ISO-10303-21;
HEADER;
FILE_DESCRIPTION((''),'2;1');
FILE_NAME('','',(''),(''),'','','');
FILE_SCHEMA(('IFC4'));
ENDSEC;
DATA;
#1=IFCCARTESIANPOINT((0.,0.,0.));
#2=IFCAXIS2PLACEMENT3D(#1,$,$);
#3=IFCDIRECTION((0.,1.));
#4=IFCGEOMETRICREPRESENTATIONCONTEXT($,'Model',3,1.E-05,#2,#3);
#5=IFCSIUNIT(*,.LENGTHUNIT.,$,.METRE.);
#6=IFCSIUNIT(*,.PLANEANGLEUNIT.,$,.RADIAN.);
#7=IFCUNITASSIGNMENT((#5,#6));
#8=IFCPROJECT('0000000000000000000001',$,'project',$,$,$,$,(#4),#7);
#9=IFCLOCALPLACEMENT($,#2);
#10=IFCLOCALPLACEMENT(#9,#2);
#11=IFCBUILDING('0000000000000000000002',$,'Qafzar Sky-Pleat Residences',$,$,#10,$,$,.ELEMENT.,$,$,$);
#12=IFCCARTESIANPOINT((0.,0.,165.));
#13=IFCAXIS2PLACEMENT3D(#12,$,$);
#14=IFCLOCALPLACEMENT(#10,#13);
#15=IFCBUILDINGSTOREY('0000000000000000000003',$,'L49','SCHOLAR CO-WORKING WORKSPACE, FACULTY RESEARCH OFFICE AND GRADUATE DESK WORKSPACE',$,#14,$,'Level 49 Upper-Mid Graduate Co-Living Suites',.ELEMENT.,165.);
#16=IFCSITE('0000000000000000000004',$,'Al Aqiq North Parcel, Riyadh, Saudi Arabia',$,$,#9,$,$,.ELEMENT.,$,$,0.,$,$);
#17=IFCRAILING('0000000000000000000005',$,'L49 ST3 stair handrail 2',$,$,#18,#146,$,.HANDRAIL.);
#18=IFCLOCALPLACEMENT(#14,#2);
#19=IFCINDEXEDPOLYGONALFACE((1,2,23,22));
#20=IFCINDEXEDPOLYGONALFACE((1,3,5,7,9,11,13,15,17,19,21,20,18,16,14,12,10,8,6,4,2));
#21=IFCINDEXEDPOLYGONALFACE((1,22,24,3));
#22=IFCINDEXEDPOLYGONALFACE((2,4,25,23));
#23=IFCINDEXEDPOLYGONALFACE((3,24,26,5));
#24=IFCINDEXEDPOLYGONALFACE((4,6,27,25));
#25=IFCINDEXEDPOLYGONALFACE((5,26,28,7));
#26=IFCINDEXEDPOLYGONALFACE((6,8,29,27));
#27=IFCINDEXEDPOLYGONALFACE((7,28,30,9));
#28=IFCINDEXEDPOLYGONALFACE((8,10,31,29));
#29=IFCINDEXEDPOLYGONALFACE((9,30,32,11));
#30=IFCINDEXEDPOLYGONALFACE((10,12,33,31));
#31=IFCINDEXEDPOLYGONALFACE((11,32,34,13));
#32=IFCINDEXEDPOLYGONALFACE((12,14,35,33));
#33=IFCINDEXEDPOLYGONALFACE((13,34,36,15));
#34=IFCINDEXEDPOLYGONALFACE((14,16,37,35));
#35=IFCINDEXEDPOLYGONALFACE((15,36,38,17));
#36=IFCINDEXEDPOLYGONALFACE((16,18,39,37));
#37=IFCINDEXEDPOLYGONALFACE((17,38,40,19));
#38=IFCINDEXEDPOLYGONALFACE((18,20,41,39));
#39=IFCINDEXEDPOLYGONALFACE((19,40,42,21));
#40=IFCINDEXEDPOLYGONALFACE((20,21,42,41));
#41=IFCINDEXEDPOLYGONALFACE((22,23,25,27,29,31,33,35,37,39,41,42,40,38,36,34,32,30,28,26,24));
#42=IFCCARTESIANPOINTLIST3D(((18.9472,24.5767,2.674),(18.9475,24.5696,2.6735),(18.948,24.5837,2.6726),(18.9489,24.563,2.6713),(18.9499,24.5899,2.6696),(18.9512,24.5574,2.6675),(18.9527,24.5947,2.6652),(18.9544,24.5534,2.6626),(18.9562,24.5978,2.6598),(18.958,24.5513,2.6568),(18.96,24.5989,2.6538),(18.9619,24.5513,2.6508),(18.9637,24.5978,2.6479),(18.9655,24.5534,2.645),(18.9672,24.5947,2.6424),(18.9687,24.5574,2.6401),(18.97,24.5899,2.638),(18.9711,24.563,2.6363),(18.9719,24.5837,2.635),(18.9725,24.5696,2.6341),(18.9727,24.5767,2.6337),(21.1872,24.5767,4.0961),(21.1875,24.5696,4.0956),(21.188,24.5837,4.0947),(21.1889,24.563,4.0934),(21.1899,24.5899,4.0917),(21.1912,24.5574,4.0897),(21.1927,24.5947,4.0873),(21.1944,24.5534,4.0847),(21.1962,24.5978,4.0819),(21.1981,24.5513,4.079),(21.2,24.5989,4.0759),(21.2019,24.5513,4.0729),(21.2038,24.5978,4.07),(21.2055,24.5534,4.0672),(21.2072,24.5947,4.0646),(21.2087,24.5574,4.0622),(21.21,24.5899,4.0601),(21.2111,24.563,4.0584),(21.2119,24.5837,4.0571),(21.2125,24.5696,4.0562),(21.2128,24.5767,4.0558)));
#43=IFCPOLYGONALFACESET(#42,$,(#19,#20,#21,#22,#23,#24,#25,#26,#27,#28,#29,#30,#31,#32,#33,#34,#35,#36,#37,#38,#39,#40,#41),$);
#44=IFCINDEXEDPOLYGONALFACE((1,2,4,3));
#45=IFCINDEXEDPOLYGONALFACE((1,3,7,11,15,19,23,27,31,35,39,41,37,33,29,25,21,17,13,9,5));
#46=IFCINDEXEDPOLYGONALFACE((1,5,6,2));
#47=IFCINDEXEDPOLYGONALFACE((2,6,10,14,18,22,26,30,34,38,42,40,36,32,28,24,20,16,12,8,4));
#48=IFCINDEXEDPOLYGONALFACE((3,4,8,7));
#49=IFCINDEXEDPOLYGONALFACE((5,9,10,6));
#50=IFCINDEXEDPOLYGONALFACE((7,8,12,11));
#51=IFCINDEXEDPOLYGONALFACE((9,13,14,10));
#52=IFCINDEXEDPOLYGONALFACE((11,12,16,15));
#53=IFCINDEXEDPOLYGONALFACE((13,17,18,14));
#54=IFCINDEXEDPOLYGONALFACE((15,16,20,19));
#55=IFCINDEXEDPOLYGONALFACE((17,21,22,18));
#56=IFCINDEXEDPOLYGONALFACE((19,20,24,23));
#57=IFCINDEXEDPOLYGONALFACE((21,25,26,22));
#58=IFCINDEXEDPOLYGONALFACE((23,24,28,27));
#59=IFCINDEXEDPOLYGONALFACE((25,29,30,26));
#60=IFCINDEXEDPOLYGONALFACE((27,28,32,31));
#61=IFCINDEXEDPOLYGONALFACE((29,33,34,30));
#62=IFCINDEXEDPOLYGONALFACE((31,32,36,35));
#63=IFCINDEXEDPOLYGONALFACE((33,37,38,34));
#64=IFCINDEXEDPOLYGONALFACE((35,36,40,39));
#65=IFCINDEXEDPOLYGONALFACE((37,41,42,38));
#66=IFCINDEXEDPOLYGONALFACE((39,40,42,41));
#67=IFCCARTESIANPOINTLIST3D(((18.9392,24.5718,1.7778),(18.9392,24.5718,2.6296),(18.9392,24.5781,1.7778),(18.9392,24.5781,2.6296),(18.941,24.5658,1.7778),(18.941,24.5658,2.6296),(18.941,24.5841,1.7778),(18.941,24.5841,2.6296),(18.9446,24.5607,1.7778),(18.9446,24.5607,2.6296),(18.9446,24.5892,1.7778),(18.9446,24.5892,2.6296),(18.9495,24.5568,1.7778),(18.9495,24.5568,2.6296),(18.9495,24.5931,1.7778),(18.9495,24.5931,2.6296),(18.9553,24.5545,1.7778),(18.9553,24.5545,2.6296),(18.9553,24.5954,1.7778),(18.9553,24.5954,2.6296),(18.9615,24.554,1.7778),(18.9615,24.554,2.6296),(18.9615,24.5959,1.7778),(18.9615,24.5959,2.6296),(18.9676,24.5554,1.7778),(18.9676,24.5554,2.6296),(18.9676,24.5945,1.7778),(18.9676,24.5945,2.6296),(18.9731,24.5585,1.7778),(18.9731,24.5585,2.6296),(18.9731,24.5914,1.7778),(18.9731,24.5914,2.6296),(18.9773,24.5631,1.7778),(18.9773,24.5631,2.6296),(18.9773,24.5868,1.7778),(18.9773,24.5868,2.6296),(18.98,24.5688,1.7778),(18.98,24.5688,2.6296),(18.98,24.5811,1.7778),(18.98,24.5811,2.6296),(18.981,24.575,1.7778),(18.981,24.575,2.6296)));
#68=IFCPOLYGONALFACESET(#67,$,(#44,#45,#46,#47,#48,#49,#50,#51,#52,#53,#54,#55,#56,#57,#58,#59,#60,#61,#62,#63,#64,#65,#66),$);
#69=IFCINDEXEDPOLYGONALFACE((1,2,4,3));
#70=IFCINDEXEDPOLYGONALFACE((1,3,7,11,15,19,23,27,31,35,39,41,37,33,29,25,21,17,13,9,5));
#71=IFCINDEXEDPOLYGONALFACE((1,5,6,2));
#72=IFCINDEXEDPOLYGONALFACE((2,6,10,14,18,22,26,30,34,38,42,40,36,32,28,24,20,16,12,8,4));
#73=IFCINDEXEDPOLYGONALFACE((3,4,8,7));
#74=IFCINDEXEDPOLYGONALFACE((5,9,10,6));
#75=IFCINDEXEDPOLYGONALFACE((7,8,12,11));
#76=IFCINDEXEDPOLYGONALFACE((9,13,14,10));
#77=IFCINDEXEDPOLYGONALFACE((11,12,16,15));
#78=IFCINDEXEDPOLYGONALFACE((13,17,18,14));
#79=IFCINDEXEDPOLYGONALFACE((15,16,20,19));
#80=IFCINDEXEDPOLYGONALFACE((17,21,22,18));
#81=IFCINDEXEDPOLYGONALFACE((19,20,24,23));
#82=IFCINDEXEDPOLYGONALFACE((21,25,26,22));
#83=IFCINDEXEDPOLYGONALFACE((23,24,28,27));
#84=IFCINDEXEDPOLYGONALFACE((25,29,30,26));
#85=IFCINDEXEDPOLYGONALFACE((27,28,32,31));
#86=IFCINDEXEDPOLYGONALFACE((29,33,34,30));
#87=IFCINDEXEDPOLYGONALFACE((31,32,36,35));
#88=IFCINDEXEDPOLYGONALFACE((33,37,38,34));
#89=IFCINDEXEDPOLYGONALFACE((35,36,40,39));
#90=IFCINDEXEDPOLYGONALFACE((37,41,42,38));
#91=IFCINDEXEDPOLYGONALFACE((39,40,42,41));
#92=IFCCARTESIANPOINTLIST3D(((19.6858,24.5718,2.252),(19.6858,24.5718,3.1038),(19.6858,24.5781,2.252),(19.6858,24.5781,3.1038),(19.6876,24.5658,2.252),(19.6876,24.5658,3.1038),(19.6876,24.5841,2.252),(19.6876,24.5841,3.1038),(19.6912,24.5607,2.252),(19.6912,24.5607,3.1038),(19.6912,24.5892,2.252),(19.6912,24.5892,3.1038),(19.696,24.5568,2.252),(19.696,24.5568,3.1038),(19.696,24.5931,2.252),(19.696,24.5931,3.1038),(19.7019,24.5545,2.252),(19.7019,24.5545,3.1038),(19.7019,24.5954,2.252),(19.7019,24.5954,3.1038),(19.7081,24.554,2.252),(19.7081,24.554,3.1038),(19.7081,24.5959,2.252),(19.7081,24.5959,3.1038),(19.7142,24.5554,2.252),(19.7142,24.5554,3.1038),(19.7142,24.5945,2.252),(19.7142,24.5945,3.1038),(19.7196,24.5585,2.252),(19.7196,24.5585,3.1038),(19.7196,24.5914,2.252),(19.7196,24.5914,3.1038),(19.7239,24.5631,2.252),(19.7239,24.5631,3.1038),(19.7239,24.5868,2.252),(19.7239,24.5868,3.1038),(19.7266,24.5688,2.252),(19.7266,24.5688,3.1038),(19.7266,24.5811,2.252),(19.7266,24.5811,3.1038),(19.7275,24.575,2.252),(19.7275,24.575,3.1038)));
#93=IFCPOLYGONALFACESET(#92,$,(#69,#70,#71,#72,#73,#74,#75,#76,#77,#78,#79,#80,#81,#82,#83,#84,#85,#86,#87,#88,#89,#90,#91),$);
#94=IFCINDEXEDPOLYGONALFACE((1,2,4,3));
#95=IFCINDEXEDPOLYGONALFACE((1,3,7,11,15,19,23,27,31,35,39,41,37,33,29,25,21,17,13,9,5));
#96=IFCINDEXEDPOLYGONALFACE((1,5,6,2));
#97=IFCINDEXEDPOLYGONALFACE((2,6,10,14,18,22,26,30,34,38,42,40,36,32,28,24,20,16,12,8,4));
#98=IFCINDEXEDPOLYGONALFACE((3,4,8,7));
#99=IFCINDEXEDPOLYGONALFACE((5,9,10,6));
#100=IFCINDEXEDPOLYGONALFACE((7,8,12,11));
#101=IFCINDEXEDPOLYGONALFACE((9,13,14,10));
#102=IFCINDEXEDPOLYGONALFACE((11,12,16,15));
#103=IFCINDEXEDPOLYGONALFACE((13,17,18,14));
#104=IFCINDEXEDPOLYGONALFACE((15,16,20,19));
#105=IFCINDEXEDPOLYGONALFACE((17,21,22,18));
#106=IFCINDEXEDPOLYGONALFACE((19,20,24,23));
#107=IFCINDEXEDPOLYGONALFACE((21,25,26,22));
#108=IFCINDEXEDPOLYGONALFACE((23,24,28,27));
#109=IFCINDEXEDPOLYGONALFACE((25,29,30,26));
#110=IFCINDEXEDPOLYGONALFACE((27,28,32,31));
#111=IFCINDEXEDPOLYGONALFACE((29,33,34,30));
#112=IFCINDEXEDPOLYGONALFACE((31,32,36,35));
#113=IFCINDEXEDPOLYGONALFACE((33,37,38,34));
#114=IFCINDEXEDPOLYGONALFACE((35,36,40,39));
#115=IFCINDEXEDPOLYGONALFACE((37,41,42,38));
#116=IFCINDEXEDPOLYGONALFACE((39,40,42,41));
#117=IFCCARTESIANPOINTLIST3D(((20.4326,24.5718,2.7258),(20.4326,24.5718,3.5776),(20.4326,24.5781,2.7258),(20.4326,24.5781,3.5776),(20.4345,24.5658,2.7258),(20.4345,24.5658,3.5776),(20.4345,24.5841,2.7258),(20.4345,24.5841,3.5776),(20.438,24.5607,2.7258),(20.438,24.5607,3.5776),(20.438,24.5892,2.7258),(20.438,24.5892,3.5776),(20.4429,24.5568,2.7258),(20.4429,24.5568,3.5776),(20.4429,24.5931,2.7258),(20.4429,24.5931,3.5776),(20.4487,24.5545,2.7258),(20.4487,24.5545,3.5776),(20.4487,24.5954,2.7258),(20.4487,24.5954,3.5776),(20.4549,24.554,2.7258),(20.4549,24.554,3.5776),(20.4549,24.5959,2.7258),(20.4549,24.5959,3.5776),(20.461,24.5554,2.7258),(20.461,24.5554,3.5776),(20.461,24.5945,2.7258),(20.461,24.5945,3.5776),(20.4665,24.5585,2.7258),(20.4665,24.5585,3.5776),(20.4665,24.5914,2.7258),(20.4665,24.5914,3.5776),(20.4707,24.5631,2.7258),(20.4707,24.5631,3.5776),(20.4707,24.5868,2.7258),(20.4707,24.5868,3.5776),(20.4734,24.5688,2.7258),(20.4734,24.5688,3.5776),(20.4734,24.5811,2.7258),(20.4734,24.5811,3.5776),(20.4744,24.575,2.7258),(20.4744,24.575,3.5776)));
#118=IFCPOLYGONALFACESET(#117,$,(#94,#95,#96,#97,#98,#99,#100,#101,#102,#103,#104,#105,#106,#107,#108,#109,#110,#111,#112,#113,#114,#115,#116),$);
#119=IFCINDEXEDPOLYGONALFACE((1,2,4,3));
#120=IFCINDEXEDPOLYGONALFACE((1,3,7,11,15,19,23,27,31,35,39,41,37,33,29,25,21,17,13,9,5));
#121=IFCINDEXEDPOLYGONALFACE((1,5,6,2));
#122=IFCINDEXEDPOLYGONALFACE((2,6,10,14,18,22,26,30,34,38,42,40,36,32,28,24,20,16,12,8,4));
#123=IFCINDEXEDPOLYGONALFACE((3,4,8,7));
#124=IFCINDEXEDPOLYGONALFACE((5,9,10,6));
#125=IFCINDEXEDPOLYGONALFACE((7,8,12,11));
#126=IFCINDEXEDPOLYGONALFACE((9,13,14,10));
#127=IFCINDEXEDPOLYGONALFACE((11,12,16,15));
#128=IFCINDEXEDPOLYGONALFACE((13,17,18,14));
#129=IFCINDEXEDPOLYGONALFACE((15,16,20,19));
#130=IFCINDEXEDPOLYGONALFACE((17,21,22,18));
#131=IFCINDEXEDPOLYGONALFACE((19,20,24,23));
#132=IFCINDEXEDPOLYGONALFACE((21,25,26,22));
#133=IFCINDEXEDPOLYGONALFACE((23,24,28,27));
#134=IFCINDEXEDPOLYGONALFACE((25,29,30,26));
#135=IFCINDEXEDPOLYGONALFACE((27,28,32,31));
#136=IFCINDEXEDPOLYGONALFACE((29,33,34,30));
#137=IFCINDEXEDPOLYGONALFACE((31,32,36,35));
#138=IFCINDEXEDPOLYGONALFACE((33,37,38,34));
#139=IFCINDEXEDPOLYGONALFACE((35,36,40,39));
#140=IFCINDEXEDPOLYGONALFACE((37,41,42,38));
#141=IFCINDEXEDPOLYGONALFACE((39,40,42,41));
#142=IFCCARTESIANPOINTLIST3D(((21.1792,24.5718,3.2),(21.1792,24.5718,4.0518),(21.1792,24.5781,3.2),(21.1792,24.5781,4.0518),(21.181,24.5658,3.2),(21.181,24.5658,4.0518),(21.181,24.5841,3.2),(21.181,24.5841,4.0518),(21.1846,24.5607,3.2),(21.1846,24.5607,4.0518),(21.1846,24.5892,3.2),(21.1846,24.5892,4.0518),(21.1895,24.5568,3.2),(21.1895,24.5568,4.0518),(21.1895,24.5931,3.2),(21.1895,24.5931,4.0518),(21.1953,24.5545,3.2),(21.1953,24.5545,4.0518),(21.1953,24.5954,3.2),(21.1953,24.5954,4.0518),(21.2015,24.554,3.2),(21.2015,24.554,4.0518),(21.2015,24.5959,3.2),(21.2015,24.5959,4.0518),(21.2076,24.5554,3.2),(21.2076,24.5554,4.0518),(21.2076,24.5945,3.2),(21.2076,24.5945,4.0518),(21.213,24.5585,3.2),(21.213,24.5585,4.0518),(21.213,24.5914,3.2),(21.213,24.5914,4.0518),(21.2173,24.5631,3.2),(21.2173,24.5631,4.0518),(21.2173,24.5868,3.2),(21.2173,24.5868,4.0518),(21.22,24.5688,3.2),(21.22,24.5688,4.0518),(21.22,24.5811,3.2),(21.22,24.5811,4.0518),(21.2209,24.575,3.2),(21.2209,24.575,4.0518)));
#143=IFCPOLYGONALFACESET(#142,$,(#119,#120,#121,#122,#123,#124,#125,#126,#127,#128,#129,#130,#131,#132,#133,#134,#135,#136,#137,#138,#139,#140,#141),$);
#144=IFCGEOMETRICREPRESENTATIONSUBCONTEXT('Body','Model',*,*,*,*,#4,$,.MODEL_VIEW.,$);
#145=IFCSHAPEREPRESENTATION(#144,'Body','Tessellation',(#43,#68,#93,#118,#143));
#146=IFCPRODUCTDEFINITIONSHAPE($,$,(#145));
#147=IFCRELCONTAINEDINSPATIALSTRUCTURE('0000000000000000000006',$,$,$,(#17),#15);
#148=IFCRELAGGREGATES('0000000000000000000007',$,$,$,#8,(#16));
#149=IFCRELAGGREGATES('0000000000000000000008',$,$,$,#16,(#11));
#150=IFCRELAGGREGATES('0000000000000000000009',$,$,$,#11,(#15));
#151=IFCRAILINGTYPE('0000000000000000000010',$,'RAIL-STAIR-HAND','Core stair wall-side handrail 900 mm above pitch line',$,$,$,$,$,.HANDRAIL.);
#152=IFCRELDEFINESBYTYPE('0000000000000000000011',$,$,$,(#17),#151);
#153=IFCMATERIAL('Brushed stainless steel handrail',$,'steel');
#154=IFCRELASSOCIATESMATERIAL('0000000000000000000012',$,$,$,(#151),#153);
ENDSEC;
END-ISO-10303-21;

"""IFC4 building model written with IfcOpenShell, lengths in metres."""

from ifc_helpers import new_model, si_unit, direction, frame, origin, origin_2d, place, context, subcontext, project, spatial, circle, extrude, source, transform, mapped, material, type_object, element, save


model = new_model("IFC4")

# Units and contexts
model_context = context("Model", 3, precision=1e-05, world=origin(), true_north=direction((0.0, 1.0)))
body_context = subcontext(model_context, "Body", "Model", "MODEL_VIEW")
ifc_project = project(units=[si_unit("LENGTHUNIT", "METRE"), si_unit("PLANEANGLEUNIT", "RADIAN")], contexts=[model_context])

# Site, building, storey
site_placement = place(None, origin())
site = spatial("IfcSite", under=ifc_project, at=site_placement, Name="Al Aqiq North Parcel, Riyadh, Saudi Arabia", CompositionType="ELEMENT", RefElevation=0.0)
building_placement = place(site_placement, origin())
building = spatial("IfcBuilding", under=site, at=building_placement, Name="Qafzar Sky-Pleat Residences", CompositionType="ELEMENT")
storey_placement = place(building_placement, frame((0.0, 0.0, 165.0)))
storey = spatial("IfcBuildingStorey", under=building, at=storey_placement, Name="L49", Description="SCHOLAR CO-WORKING WORKSPACE, FACULTY RESEARCH OFFICE AND GRADUATE DESK WORKSPACE", LongName="Level 49 Upper-Mid Graduate Co-Living Suites", CompositionType="ELEMENT", Elevation=165.0)

# Railing
ifc_material_1 = material(Name="Brushed stainless steel handrail", Category="steel")
railing_type_1 = type_object("IfcRailingType", Name="RAIL-STAIR-HAND", Description="Core stair wall-side handrail 900 mm above pitch line", PredefinedType="HANDRAIL", material=ifc_material_1)
shared_shape_1 = source(origin(), body_context, "Body", "SweptSolid", [
    extrude(circle(Radius=0.0239, at=origin_2d()), frame((0.0, 0.0, 0.876), z_axis=(0.844229, 0.0, 0.535982), x_axis=(0.0, 1.0, 0.0)), (0.0, 0.0, 1.0), 2.6533),
    extrude(circle(Radius=0.021, at=origin_2d()), origin(), (0.0, 0.0, 1.0), 0.8518),
    extrude(circle(Radius=0.021, at=origin_2d()), frame((0.7466, 0.0, 0.4741)), (0.0, 0.0, 1.0), 0.8518),
    extrude(circle(Radius=0.021, at=origin_2d()), frame((1.4934, 0.0, 0.948)), (0.0, 0.0, 1.0), 0.8518),
    extrude(circle(Radius=0.021, at=origin_2d()), frame((2.24, 0.0, 1.4221)), (0.0, 0.0, 1.0), 0.8518),
])
railing_1_placement = place(storey_placement, frame((18.96, 24.575, 1.7778)))
element("IfcRailing", 1, at=railing_1_placement, inside=storey, type_object=railing_type_1, Name="L49 ST3 stair handrail 2", PredefinedType="HANDRAIL", context=body_context, shape_type="MappedRepresentation", body=[
    mapped(shared_shape_1, transform((0.0, 0.0, 0.0), x_axis=(1.0, 0.0, 0.0), y_axis=(0.0, 1.0, 0.0), z_axis=(0.0, 0.0, 1.0), scale=1.0)),
])

save(model, "model.ifc")
